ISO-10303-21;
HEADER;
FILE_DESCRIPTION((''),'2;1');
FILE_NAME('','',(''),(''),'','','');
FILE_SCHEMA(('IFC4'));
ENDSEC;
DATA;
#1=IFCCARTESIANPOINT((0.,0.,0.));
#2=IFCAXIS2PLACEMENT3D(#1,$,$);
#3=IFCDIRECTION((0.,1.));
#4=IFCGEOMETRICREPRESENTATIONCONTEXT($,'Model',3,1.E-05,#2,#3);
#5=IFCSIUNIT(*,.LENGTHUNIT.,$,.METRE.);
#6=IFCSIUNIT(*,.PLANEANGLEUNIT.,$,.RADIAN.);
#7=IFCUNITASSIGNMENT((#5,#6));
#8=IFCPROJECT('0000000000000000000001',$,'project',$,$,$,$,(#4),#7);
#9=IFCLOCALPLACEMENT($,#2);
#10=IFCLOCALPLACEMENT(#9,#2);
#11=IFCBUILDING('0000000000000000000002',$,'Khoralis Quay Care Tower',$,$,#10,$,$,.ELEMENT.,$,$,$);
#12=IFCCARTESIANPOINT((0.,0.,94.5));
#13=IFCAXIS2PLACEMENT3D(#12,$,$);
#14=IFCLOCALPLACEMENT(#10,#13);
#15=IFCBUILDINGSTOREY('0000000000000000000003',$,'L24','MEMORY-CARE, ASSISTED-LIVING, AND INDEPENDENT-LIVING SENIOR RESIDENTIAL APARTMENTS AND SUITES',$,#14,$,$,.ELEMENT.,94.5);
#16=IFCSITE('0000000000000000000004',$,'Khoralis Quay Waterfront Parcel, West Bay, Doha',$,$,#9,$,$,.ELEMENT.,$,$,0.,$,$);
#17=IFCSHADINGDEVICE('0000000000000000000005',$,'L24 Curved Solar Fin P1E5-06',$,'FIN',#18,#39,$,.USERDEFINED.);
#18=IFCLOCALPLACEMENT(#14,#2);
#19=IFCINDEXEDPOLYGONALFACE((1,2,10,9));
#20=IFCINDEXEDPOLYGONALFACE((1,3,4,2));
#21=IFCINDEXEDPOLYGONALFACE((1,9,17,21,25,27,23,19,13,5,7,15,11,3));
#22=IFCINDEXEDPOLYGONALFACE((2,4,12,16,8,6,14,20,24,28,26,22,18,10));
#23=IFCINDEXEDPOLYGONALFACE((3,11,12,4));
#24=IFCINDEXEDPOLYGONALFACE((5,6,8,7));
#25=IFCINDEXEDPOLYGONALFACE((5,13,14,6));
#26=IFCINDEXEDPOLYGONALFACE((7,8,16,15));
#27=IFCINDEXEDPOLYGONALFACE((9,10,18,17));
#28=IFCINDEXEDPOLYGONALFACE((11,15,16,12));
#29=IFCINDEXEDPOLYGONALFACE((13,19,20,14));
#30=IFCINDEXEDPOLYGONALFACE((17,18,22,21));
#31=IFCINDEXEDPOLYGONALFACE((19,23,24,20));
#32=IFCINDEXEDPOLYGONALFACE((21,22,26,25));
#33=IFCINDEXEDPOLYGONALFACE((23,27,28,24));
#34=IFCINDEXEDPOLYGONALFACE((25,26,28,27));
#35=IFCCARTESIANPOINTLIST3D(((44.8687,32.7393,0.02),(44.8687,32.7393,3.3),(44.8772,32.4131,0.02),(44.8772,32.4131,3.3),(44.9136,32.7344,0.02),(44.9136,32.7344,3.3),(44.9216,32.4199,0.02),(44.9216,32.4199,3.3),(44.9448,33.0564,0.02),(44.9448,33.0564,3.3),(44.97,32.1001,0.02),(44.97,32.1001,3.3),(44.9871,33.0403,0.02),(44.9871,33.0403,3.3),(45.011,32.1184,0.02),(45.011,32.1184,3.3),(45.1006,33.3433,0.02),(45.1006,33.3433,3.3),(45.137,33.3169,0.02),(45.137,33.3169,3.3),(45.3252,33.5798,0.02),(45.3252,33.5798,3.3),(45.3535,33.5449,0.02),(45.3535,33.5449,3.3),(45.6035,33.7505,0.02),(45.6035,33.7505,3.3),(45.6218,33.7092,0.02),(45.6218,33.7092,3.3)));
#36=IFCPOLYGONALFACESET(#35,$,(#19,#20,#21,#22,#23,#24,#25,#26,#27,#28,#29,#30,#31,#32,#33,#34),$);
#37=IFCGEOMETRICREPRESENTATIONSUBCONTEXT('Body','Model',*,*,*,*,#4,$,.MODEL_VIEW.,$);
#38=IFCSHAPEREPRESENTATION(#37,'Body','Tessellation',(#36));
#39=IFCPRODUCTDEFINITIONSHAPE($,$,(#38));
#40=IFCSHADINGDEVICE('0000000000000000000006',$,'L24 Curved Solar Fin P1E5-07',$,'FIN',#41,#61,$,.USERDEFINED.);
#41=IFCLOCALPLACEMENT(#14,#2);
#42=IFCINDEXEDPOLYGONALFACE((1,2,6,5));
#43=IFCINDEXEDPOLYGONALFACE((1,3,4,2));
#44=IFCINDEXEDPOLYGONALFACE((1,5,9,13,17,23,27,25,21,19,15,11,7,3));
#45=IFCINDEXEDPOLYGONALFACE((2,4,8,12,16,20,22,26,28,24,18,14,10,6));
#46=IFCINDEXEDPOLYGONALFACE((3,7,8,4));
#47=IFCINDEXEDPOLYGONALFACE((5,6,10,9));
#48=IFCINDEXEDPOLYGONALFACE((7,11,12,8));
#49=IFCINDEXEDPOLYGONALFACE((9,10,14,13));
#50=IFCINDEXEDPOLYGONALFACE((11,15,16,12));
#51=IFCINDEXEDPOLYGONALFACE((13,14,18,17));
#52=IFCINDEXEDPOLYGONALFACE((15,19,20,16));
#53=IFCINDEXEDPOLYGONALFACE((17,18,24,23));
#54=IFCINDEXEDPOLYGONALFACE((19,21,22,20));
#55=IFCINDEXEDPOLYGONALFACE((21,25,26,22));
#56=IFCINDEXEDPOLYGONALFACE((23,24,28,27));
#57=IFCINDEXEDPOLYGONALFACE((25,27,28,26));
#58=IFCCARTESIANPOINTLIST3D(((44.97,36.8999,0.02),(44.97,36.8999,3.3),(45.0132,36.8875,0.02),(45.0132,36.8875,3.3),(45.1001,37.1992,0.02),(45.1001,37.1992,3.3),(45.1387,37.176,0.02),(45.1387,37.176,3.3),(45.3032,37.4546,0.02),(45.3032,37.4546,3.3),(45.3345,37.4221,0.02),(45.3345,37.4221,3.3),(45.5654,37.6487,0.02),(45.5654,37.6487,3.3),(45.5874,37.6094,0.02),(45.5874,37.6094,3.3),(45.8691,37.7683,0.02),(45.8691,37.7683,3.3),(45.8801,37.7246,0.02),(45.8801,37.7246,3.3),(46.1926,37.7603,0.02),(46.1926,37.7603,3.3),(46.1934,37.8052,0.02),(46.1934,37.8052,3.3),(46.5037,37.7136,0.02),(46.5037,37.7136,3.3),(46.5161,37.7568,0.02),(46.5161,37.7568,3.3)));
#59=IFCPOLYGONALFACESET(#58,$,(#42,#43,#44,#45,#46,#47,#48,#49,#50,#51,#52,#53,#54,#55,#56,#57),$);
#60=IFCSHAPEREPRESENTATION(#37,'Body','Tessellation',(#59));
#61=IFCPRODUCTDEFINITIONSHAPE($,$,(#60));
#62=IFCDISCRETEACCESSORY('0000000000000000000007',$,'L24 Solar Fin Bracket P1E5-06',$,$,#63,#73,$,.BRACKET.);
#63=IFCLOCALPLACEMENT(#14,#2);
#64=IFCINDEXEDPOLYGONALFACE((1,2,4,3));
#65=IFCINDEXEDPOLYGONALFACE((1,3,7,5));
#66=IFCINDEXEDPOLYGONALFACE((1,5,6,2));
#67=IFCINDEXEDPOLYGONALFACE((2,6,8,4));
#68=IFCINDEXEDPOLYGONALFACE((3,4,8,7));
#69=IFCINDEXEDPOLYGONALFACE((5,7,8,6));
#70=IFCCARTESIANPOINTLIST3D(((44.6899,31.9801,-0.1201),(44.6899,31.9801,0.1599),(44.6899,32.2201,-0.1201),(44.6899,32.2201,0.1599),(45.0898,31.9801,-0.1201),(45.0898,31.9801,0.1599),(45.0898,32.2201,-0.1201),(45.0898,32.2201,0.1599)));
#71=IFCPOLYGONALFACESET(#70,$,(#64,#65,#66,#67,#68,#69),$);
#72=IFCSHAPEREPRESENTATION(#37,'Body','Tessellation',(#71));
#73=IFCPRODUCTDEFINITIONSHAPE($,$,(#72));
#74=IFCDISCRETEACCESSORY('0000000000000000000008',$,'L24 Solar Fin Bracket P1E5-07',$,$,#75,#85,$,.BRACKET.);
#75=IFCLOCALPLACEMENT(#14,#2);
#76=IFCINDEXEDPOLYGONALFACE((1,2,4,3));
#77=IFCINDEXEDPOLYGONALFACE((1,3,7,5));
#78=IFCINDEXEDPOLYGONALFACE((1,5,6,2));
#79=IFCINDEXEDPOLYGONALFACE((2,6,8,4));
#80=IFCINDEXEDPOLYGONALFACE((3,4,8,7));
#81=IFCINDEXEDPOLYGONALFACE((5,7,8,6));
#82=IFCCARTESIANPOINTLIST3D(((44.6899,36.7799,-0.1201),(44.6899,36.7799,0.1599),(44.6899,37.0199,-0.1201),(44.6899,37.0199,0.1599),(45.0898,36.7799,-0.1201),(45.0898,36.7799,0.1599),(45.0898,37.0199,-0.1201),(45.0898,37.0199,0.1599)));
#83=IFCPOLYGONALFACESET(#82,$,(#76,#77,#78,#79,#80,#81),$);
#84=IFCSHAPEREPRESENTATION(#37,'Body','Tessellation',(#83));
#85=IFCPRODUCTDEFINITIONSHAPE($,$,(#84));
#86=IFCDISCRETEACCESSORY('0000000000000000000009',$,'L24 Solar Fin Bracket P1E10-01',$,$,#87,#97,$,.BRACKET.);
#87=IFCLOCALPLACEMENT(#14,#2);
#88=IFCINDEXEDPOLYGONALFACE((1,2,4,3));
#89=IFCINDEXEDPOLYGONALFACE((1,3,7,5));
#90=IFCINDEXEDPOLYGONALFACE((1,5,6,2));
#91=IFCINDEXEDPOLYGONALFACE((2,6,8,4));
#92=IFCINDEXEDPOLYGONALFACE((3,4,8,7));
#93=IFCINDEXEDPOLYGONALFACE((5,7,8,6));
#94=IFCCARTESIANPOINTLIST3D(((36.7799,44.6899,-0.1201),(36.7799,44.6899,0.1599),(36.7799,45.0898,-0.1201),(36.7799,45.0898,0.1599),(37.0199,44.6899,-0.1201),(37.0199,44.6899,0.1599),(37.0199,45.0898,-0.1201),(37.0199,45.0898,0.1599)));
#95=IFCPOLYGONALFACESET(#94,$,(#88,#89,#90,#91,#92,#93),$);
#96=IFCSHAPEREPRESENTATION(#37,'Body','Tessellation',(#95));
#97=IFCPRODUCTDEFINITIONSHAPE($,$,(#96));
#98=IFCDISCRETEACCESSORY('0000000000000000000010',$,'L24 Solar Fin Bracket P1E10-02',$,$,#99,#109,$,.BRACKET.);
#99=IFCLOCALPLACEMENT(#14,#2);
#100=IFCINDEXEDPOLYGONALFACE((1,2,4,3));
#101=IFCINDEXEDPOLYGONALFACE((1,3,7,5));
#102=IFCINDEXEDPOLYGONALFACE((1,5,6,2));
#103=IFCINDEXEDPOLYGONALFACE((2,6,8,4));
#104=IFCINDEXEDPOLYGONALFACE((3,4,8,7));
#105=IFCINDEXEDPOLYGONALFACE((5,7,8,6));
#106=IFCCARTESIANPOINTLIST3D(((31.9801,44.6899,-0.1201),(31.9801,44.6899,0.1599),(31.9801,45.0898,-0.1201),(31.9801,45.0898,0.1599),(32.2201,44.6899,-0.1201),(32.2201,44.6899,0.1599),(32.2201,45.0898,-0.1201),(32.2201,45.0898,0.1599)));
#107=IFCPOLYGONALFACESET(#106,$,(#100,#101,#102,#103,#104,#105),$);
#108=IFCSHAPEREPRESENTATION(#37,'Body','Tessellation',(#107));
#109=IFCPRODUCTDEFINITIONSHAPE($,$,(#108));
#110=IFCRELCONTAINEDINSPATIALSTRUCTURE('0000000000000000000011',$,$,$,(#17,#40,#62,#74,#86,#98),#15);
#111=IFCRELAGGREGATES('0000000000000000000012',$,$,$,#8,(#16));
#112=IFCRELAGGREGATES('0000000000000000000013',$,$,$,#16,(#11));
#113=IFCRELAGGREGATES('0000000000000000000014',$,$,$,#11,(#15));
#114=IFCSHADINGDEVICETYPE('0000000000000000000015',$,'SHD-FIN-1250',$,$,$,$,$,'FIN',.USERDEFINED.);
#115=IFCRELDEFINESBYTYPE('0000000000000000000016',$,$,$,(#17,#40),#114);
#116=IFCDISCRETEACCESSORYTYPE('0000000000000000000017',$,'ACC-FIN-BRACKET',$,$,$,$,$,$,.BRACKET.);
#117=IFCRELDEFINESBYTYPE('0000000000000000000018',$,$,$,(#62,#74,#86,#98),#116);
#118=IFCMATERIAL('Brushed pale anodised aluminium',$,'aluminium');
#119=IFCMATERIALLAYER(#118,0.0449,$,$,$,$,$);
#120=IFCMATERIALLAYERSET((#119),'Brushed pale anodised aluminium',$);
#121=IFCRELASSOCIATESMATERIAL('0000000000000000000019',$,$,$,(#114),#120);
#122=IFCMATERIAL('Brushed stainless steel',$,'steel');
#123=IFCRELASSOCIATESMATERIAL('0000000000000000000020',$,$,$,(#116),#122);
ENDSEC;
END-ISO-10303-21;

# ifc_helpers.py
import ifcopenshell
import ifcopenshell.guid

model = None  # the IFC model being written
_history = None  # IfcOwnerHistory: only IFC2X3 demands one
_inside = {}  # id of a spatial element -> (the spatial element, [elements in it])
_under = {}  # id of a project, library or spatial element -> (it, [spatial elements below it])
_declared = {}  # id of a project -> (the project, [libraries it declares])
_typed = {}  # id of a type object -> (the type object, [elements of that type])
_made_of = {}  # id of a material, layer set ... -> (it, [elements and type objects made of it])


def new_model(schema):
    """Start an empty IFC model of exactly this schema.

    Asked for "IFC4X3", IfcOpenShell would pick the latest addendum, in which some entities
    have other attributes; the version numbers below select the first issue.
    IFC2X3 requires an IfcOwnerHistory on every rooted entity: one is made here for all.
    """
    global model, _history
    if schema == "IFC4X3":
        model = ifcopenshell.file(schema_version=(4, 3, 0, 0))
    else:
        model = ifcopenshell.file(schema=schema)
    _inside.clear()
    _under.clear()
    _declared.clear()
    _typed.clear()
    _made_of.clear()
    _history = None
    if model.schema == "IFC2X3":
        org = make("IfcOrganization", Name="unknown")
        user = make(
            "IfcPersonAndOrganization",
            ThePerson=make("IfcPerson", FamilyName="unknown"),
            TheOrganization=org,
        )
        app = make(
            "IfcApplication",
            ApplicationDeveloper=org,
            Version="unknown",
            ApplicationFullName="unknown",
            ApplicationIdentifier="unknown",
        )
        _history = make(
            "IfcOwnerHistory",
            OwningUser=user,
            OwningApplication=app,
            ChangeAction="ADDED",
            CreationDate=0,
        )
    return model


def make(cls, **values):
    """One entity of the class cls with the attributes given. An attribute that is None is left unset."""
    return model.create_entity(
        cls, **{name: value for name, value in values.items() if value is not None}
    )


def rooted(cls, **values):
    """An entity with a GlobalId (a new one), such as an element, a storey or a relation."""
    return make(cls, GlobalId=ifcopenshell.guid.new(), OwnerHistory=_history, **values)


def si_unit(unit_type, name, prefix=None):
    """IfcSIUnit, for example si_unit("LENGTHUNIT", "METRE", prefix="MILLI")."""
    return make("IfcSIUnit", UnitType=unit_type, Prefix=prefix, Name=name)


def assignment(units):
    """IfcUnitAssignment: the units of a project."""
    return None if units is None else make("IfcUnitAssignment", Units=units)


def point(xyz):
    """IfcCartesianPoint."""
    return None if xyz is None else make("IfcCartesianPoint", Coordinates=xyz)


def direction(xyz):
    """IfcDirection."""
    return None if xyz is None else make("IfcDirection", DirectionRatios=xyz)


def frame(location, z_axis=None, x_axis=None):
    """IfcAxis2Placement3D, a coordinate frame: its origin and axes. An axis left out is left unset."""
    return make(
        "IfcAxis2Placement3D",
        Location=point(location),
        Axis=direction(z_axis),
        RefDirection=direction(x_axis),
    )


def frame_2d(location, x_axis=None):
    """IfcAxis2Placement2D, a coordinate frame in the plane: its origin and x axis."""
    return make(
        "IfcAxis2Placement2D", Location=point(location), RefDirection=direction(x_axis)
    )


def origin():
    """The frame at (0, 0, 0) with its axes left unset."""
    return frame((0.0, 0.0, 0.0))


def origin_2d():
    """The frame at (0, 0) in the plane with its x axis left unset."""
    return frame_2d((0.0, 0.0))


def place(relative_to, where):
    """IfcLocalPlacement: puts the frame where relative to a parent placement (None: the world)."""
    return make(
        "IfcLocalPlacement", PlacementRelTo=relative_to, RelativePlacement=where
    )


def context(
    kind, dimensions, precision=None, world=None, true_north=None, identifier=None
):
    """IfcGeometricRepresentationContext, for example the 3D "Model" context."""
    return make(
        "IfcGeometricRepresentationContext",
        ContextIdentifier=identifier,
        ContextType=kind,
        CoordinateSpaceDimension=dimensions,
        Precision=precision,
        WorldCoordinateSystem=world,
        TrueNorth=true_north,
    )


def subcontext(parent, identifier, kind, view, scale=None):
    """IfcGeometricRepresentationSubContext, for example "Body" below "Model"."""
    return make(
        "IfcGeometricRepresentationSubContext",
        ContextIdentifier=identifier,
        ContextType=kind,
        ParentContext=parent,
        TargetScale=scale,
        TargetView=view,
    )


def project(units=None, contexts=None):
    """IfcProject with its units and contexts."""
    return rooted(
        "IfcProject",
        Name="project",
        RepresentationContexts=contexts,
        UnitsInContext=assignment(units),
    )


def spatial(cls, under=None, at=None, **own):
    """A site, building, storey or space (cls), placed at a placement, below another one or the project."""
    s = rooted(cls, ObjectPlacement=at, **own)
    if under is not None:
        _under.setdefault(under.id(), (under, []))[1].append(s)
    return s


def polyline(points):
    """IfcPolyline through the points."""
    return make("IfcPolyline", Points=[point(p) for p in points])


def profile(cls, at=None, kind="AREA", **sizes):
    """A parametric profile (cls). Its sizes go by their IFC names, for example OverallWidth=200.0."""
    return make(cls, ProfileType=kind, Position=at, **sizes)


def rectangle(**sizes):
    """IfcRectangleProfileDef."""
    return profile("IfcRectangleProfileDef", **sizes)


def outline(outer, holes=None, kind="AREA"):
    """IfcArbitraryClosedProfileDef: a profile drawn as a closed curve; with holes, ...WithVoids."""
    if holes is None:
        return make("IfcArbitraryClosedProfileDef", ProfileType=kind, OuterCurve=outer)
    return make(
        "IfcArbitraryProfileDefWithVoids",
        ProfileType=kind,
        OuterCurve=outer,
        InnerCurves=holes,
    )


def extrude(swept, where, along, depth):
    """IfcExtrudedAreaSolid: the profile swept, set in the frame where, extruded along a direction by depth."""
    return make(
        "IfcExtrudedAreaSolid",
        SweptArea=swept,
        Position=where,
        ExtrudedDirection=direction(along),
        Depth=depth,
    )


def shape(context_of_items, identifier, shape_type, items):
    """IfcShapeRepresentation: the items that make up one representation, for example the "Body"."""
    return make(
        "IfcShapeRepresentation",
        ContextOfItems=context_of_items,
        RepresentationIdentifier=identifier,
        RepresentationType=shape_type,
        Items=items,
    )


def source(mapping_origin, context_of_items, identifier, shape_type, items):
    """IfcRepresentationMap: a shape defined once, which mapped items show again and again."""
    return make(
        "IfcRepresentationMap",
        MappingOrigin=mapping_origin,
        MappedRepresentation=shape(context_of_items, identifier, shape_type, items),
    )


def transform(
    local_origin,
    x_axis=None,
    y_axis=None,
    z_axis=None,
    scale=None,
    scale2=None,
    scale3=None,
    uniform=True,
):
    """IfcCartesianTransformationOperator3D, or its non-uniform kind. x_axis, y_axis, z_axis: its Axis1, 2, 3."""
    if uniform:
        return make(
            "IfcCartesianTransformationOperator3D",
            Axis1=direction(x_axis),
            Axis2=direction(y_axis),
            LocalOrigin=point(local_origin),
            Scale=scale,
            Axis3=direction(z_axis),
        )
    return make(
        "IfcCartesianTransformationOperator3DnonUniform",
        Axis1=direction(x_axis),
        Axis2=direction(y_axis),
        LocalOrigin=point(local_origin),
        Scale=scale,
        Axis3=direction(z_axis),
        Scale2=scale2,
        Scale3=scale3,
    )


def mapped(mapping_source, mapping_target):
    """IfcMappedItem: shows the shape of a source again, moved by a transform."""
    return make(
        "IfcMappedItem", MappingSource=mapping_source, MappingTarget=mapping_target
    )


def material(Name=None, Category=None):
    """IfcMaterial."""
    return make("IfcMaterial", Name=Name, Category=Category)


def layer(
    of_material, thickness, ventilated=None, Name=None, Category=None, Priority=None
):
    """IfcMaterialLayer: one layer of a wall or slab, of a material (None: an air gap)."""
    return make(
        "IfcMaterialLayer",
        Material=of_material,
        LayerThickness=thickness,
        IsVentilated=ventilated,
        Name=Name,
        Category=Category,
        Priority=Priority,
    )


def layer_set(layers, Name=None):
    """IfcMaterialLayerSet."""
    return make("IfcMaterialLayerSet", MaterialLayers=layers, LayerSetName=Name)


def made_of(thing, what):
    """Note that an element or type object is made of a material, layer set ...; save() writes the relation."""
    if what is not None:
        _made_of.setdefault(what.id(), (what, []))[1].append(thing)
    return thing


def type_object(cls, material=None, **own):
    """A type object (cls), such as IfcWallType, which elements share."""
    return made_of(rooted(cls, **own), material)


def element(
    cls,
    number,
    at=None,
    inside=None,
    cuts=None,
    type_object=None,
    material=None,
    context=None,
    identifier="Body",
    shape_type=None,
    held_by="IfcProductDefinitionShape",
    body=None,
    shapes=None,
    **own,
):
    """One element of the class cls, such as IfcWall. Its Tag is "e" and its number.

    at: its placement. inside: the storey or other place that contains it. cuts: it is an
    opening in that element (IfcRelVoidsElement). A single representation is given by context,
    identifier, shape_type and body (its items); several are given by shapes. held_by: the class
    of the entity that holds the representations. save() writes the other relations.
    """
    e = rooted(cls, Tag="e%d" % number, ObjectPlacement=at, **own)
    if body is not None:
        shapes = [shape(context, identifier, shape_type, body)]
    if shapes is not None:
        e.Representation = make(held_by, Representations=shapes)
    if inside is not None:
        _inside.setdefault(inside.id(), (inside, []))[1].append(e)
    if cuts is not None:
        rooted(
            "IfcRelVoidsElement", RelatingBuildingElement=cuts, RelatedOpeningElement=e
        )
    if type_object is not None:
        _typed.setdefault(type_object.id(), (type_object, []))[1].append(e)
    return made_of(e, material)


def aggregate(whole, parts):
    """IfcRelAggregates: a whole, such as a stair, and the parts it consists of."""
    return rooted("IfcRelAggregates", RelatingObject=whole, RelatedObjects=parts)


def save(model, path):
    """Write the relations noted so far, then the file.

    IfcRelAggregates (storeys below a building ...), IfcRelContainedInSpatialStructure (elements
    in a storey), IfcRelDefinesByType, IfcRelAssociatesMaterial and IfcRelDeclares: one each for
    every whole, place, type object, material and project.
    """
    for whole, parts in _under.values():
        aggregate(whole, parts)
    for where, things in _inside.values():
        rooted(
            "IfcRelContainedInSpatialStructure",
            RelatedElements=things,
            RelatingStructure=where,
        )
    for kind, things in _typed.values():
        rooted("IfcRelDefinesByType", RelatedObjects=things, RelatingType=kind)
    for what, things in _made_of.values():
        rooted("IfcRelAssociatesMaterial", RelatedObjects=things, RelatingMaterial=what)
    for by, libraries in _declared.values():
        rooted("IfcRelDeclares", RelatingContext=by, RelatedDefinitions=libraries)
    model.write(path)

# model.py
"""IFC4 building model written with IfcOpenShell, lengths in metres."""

from ifc_helpers import new_model, si_unit, direction, frame, origin, origin_2d, place, context, subcontext, project, spatial, polyline, rectangle, outline, extrude, source, transform, mapped, material, layer, layer_set, type_object, element, save


model = new_model("IFC4")

# Units and contexts
model_context = context("Model", 3, precision=1e-05, world=origin(), true_north=direction((0.0, 1.0)))
body_context = subcontext(model_context, "Body", "Model", "MODEL_VIEW")
ifc_project = project(units=[si_unit("LENGTHUNIT", "METRE"), si_unit("PLANEANGLEUNIT", "RADIAN")], contexts=[model_context])

# Site, building, storey
site_placement = place(None, origin())
site = spatial("IfcSite", under=ifc_project, at=site_placement, Name="Khoralis Quay Waterfront Parcel, West Bay, Doha", CompositionType="ELEMENT", RefElevation=0.0)
building_placement = place(site_placement, origin())
building = spatial("IfcBuilding", under=site, at=building_placement, Name="Khoralis Quay Care Tower", CompositionType="ELEMENT")
storey_placement = place(building_placement, frame((0.0, 0.0, 94.5)))
storey = spatial("IfcBuildingStorey", under=building, at=storey_placement, Name="L24", Description="MEMORY-CARE, ASSISTED-LIVING, AND INDEPENDENT-LIVING SENIOR RESIDENTIAL APARTMENTS AND SUITES", CompositionType="ELEMENT", Elevation=94.5)

# Shading devices
ifc_material_1 = material(Name="Brushed pale anodised aluminium", Category="aluminium")
ifc_layer_1 = layer(ifc_material_1, 0.0449)
ifc_layer_set_1 = layer_set([ifc_layer_1], Name="Brushed pale anodised aluminium")
shading_device_type = type_object("IfcShadingDeviceType", Name="SHD-FIN-1250", ElementType="FIN", PredefinedType="USERDEFINED", material=ifc_layer_set_1)
shared_shape_1 = source(origin(), body_context, "Body", "SweptSolid", [
    extrude(outline(polyline([(0.0, 0.0), (-0.0928, 0.313), (-0.1013, 0.6392), (-0.0251, 0.9563), (0.1306, 1.2432), (0.3552, 1.4797), (0.6335, 1.6504), (0.6519, 1.6091), (0.3835, 1.4448), (0.167, 1.2168), (0.0171, 0.9402), (-0.0564, 0.6343), (-0.0483, 0.3198), (0.041, 0.0183), (0.0, 0.0)])), origin(), (0.0, 0.0, 1.0), 3.28),
])
shading_device_1_placement = place(storey_placement, frame((44.97, 32.1001, 0.02), z_axis=(0.0, 0.0, 1.0), x_axis=(1.0, 0.0, 0.0)))
element("IfcShadingDevice", 1, at=shading_device_1_placement, inside=storey, type_object=shading_device_type, Name="L24 Curved Solar Fin P1E5-06", ObjectType="FIN", PredefinedType="USERDEFINED", context=body_context, shape_type="MappedRepresentation", body=[
    mapped(shared_shape_1, transform((0.0, 0.0, 0.0), scale=1.0)),
])
shared_shape_2 = source(origin(), body_context, "Body", "SweptSolid", [
    extrude(outline(polyline([(0.0, 0.0), (0.1301, 0.2993), (0.3333, 0.5547), (0.5955, 0.7488), (0.8992, 0.8684), (1.2234, 0.9053), (1.5461, 0.8569), (1.5337, 0.8137), (1.2227, 0.8604), (0.9102, 0.8247), (0.6174, 0.7095), (0.3645, 0.5222), (0.1687, 0.2761), (0.0432, -0.0125), (0.0, 0.0)])), origin(), (0.0, 0.0, 1.0), 3.28),
])
shading_device_2_placement = place(storey_placement, frame((44.97, 36.8999, 0.02), z_axis=(0.0, 0.0, 1.0), x_axis=(1.0, 0.0, 0.0)))
element("IfcShadingDevice", 2, at=shading_device_2_placement, inside=storey, type_object=shading_device_type, Name="L24 Curved Solar Fin P1E5-07", ObjectType="FIN", PredefinedType="USERDEFINED", context=body_context, shape_type="MappedRepresentation", body=[
    mapped(shared_shape_2, transform((0.0, 0.0, 0.0), scale=1.0)),
])

# Discrete accessories
ifc_material_2 = material(Name="Brushed stainless steel", Category="steel")
discrete_accessory_type = type_object("IfcDiscreteAccessoryType", Name="ACC-FIN-BRACKET", PredefinedType="BRACKET", material=ifc_material_2)
shared_shape_3 = source(origin(), body_context, "Body", "SweptSolid", [
    extrude(rectangle(XDim=0.3999, YDim=0.24, at=origin_2d()), origin(), (0.0, 0.0, 1.0), 0.28),
])
for number, where, z_axis, x_axis, name in (
    (3, (44.8899, 32.1001, -0.1201), (0.0, 0.0, 1.0), (1.0, 0.0, 0.0), "L24 Solar Fin Bracket P1E5-06"),
    (4, (44.8899, 36.8999, -0.1201), (0.0, 0.0, 1.0), (1.0, 0.0, 0.0), "L24 Solar Fin Bracket P1E5-07"),
    (5, (36.8999, 44.8899, -0.1201), (0.0, 0.0, 1.0), (0.0, 1.0, 0.0), "L24 Solar Fin Bracket P1E10-01"),
    (6, (32.1001, 44.8899, -0.1201), (0.0, 0.0, 1.0), (0.0, 1.0, 0.0), "L24 Solar Fin Bracket P1E10-02"),
):
    element("IfcDiscreteAccessory", number, at=place(storey_placement, frame(where, z_axis=z_axis, x_axis=x_axis)), inside=storey, type_object=discrete_accessory_type, Name=name, PredefinedType="BRACKET", context=body_context, shape_type="MappedRepresentation", body=[
        mapped(shared_shape_3, transform((0.0, 0.0, 0.0), scale=1.0)),
    ])

save(model, "model.ifc")
